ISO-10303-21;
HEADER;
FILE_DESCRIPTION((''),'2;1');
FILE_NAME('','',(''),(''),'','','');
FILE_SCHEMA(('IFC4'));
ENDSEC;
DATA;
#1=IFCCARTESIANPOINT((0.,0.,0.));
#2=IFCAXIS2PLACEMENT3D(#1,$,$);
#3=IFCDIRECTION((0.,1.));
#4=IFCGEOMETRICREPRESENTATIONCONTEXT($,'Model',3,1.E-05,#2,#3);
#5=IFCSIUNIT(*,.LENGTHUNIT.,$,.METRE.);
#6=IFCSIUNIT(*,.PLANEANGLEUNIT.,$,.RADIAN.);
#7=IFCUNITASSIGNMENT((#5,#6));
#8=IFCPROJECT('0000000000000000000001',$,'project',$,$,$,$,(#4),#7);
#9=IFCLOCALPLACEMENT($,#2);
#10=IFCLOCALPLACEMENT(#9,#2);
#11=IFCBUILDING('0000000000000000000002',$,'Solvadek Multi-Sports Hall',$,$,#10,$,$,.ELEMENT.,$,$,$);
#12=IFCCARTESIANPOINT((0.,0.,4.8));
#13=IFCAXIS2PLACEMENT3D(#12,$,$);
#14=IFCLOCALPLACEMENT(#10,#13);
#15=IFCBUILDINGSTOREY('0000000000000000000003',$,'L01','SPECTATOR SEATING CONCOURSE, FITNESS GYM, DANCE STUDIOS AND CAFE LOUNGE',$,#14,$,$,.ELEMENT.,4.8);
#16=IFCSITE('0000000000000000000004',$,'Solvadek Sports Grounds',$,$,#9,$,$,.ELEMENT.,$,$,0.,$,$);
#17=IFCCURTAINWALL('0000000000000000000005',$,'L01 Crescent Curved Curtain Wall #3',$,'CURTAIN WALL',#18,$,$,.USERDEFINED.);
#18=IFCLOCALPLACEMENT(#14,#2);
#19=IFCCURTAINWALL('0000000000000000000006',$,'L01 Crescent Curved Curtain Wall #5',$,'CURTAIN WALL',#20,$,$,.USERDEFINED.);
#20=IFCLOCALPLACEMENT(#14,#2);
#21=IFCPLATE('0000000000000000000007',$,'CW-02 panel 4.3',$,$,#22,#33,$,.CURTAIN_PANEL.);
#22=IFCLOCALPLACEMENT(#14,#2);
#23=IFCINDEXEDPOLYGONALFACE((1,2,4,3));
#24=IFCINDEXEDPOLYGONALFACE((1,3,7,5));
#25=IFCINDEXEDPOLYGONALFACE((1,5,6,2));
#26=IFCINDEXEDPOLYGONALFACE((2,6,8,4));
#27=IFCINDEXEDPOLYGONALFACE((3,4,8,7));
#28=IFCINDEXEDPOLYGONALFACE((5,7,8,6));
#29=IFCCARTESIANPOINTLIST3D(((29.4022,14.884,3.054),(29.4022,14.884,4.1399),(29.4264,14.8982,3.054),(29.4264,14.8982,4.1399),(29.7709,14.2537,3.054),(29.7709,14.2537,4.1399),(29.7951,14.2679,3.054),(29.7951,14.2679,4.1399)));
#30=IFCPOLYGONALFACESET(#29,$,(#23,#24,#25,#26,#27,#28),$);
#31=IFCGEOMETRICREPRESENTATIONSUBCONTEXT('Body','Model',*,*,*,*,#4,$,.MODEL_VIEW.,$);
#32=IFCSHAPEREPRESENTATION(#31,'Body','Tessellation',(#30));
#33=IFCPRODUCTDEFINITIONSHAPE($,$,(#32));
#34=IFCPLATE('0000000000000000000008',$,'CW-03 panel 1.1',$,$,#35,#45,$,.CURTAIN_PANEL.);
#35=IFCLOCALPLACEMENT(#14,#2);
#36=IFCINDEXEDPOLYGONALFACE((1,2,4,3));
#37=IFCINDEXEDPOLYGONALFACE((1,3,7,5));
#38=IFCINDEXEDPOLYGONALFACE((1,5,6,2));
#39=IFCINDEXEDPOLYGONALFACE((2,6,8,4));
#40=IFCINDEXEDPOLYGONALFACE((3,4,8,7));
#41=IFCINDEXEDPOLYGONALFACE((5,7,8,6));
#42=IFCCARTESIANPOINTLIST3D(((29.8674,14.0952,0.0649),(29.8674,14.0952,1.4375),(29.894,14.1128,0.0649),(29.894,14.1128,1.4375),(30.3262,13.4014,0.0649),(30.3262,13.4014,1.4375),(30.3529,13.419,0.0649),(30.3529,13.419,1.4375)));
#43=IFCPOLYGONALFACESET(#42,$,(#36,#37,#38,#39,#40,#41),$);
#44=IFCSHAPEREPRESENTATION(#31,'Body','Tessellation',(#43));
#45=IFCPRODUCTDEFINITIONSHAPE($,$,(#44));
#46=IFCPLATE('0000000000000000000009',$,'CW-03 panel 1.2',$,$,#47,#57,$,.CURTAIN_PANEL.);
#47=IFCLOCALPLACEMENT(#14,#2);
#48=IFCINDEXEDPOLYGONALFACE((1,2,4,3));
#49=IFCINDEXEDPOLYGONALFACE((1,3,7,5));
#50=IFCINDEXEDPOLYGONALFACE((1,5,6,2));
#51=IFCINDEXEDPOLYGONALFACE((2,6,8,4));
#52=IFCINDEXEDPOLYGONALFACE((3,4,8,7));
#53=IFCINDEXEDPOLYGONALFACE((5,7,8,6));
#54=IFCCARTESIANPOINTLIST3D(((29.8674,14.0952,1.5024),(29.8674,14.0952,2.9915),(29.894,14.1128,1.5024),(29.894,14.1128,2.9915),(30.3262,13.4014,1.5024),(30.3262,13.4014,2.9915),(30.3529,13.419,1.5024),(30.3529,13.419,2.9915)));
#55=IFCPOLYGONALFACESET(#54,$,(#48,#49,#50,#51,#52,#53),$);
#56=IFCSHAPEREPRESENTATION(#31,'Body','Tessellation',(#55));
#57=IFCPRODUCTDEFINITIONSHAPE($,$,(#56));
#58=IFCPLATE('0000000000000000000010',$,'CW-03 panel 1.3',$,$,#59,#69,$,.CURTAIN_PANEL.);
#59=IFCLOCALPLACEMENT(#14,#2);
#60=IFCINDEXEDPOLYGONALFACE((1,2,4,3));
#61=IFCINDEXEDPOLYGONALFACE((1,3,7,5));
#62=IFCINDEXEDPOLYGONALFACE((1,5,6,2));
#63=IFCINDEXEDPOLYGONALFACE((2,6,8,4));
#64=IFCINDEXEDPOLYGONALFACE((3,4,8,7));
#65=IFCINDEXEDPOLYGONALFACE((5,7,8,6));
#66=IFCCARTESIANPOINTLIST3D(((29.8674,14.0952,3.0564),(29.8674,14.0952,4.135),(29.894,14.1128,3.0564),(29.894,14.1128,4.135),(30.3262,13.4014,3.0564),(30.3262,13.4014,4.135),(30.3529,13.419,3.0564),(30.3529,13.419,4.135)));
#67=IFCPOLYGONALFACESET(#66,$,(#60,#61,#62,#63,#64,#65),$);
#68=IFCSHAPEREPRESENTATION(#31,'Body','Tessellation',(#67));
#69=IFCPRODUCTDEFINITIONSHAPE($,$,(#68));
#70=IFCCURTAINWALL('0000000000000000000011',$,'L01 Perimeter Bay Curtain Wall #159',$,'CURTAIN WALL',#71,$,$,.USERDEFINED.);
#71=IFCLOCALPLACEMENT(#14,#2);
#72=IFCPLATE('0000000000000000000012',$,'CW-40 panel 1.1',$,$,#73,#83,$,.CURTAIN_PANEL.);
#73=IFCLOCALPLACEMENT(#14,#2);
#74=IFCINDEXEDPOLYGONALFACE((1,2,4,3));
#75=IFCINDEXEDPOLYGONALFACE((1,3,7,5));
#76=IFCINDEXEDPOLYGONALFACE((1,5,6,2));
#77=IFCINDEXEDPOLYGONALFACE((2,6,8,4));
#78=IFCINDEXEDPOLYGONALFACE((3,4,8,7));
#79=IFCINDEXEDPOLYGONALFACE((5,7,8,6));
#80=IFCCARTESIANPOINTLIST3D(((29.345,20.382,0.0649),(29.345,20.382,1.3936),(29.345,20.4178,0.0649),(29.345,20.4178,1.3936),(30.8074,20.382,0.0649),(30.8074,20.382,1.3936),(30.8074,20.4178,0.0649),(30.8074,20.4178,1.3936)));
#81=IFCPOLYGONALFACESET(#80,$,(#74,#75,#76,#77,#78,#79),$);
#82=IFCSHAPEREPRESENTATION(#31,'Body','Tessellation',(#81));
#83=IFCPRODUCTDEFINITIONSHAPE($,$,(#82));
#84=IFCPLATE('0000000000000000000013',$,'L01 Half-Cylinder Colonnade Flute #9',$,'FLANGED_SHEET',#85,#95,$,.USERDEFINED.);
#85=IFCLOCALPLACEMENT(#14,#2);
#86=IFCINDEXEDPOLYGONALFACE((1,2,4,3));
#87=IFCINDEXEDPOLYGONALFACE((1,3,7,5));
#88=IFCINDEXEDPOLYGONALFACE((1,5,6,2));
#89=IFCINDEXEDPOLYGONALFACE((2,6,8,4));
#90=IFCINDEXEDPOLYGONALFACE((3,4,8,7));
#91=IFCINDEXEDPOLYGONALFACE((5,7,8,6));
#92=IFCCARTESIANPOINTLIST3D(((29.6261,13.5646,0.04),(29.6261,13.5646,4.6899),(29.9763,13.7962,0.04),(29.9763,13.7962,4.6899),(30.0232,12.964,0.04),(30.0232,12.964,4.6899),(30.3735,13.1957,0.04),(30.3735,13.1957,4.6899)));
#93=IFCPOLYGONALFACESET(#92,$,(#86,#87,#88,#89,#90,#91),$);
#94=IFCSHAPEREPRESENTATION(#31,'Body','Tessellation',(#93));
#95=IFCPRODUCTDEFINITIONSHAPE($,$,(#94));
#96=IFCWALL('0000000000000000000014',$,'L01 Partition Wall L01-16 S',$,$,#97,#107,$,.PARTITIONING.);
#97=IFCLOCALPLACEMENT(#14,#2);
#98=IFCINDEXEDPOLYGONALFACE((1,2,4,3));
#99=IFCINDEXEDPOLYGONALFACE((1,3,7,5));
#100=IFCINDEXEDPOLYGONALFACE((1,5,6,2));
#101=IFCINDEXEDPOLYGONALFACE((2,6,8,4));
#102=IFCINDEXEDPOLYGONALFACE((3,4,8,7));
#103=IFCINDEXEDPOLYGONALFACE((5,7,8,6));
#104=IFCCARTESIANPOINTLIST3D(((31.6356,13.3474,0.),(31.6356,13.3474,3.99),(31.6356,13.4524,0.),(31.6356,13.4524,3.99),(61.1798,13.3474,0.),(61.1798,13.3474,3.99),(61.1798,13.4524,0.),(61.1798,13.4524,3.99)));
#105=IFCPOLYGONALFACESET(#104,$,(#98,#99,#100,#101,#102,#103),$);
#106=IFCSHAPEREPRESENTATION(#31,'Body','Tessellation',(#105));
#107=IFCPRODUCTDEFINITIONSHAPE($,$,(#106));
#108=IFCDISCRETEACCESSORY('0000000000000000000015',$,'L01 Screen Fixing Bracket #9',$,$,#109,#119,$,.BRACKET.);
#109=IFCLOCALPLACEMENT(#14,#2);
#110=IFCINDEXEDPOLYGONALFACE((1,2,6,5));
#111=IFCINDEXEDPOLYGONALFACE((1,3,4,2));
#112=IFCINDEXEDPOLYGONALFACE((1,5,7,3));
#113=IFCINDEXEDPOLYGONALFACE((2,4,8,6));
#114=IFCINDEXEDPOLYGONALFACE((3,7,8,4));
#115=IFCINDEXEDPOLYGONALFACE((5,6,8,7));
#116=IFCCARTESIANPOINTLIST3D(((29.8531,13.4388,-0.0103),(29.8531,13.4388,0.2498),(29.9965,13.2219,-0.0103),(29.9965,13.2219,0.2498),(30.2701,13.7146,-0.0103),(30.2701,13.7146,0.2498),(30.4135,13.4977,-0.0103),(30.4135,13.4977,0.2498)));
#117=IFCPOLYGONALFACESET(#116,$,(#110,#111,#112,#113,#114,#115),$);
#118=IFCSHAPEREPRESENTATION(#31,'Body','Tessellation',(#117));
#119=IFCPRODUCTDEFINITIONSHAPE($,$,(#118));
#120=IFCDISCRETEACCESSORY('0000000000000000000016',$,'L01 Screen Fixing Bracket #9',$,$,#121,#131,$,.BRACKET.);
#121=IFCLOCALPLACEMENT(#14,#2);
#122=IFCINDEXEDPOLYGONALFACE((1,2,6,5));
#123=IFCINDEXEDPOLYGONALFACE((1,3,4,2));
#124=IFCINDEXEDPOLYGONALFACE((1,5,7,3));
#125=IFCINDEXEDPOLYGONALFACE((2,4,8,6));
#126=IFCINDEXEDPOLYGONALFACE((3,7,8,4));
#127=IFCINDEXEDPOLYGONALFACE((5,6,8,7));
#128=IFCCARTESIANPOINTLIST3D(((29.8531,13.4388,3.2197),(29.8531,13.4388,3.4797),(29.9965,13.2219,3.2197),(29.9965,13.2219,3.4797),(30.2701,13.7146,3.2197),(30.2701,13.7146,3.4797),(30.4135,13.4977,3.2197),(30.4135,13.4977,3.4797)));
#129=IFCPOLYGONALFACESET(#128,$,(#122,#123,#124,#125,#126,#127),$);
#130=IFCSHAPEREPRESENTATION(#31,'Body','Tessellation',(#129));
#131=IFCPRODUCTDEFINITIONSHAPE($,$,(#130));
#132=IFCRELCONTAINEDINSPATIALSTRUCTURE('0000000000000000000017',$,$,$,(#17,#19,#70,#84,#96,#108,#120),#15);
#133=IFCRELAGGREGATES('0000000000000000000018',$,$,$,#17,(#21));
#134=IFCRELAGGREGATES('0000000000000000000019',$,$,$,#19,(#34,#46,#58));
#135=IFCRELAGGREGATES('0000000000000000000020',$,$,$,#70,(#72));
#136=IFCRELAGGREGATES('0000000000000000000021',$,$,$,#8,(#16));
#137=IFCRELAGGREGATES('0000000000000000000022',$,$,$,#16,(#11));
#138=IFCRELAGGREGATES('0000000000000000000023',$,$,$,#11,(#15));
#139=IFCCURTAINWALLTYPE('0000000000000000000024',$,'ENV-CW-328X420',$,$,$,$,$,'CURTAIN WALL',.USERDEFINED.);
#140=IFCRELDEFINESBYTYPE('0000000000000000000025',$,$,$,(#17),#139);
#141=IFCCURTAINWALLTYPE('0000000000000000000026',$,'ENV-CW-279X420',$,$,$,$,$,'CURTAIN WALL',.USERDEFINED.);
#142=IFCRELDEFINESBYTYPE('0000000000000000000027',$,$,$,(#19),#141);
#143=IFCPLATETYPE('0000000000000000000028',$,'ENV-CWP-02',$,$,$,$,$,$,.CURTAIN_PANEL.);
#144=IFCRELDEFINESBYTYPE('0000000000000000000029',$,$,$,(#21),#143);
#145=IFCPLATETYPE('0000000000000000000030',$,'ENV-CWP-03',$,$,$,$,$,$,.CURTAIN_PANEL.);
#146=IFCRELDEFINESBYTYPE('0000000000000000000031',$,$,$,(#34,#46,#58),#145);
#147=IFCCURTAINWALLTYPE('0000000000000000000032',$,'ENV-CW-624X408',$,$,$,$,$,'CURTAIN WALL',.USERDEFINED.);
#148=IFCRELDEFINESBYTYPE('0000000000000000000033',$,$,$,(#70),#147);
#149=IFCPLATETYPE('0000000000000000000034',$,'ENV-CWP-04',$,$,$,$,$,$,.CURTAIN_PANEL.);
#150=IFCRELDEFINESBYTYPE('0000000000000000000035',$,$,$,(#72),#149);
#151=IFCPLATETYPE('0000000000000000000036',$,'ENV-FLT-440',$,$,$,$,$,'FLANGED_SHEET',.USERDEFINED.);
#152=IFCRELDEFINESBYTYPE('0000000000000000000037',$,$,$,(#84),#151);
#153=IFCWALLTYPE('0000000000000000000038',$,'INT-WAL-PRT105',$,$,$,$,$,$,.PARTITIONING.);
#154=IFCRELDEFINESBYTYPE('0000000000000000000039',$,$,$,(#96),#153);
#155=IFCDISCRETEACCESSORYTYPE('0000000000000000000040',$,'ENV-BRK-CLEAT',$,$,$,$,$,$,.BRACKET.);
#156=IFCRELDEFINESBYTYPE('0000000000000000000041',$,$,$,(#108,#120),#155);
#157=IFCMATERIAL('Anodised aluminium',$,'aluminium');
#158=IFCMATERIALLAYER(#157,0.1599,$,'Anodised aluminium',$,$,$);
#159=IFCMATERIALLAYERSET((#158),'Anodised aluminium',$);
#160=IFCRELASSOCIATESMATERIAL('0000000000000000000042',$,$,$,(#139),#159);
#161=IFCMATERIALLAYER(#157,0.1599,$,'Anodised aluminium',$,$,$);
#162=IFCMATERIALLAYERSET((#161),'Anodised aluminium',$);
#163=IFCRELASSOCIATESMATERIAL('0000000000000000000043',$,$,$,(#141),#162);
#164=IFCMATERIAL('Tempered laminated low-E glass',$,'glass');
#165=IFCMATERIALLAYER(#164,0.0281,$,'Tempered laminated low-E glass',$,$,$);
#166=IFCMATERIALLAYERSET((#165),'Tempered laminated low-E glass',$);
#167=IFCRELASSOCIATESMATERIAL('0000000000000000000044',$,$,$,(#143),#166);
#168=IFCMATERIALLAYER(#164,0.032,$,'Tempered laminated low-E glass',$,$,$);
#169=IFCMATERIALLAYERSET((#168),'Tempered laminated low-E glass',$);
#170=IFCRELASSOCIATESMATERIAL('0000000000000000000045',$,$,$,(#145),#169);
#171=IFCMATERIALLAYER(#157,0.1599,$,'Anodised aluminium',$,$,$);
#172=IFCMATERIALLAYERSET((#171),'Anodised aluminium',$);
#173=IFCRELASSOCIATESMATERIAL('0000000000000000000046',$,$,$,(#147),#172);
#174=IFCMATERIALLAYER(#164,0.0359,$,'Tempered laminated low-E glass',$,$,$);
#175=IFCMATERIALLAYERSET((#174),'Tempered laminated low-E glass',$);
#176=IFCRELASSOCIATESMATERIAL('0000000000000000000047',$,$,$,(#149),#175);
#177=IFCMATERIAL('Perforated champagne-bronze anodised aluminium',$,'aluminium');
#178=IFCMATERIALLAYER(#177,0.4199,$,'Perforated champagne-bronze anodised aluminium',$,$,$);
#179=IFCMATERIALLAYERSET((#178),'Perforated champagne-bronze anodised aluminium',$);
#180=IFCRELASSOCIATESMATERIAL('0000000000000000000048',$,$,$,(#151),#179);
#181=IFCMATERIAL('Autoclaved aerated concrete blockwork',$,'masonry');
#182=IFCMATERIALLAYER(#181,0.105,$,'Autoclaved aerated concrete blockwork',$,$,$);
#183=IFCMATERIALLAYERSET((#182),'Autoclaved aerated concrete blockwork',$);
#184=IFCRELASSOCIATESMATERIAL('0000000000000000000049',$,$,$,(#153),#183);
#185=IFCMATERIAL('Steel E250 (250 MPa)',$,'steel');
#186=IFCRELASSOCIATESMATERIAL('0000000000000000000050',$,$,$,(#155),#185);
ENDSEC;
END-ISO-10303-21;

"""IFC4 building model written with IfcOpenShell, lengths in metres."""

from ifc_helpers import new_model, si_unit, direction, frame, frame_2d, origin, origin_2d, place, context, subcontext, project, spatial, rectangle, extrude, material, layer, layer_set, type_object, element, aggregate, save


model = new_model("IFC4")

# Units and contexts
model_context = context("Model", 3, precision=1e-05, world=origin(), true_north=direction((0.0, 1.0)))
body_context = subcontext(model_context, "Body", "Model", "MODEL_VIEW")
ifc_project = project(units=[si_unit("LENGTHUNIT", "METRE"), si_unit("PLANEANGLEUNIT", "RADIAN")], contexts=[model_context])

# Site, building, storey
site_placement = place(None, origin())
site = spatial("IfcSite", under=ifc_project, at=site_placement, Name="Solvadek Sports Grounds", CompositionType="ELEMENT", RefElevation=0.0)
building_placement = place(site_placement, origin())
building = spatial("IfcBuilding", under=site, at=building_placement, Name="Solvadek Multi-Sports Hall", CompositionType="ELEMENT")
storey_placement = place(building_placement, frame((0.0, 0.0, 4.8)))
storey = spatial("IfcBuildingStorey", under=building, at=storey_placement, Name="L01", Description="SPECTATOR SEATING CONCOURSE, FITNESS GYM, DANCE STUDIOS AND CAFE LOUNGE", CompositionType="ELEMENT", Elevation=4.8)

# Curtain wall
ifc_material_1 = material(Name="Anodised aluminium", Category="aluminium")
ifc_layer_1 = layer(ifc_material_1, 0.1599, Name="Anodised aluminium")
ifc_layer_set_1 = layer_set([ifc_layer_1], Name="Anodised aluminium")
curtain_wall_type_1 = type_object("IfcCurtainWallType", Name="ENV-CW-328X420", ElementType="CURTAIN WALL", PredefinedType="USERDEFINED", material=ifc_layer_set_1)
curtain_wall_1_placement = place(storey_placement, origin())
curtain_wall_1 = element("IfcCurtainWall", 1, at=curtain_wall_1_placement, inside=storey, type_object=curtain_wall_type_1, Name="L01 Crescent Curved Curtain Wall #3", ObjectType="CURTAIN WALL", PredefinedType="USERDEFINED")

# Curtain wall
ifc_layer_2 = layer(ifc_material_1, 0.1599, Name="Anodised aluminium")
ifc_layer_set_2 = layer_set([ifc_layer_2], Name="Anodised aluminium")
curtain_wall_type_2 = type_object("IfcCurtainWallType", Name="ENV-CW-279X420", ElementType="CURTAIN WALL", PredefinedType="USERDEFINED", material=ifc_layer_set_2)
curtain_wall_2_placement = place(storey_placement, origin())
curtain_wall_2 = element("IfcCurtainWall", 2, at=curtain_wall_2_placement, inside=storey, type_object=curtain_wall_type_2, Name="L01 Crescent Curved Curtain Wall #5", ObjectType="CURTAIN WALL", PredefinedType="USERDEFINED")

# Plates
ifc_material_2 = material(Name="Tempered laminated low-E glass", Category="glass")
ifc_layer_3 = layer(ifc_material_2, 0.0281, Name="Tempered laminated low-E glass")
ifc_layer_set_3 = layer_set([ifc_layer_3], Name="Tempered laminated low-E glass")
plate_type_1 = type_object("IfcPlateType", Name="ENV-CWP-02", PredefinedType="CURTAIN_PANEL", material=ifc_layer_set_3)
plate_1_placement = place(storey_placement, frame((29.5986, 14.5759, 3.054), z_axis=(0.0, 0.0, 1.0), x_axis=(0.504957, -0.863145, 0.0)))
plate_1 = element("IfcPlate", 3, at=plate_1_placement, type_object=plate_type_1, Name="CW-02 panel 4.3", PredefinedType="CURTAIN_PANEL", context=body_context, shape_type="SweptSolid", body=[
    extrude(rectangle(XDim=0.7302, YDim=0.0281, at=origin_2d()), origin(), (0.0, 0.0, 1.0), 1.0859),
])
aggregate(curtain_wall_1, [plate_1])
ifc_layer_4 = layer(ifc_material_2, 0.032, Name="Tempered laminated low-E glass")
ifc_layer_set_4 = layer_set([ifc_layer_4], Name="Tempered laminated low-E glass")
plate_type_2 = type_object("IfcPlateType", Name="ENV-CWP-03", PredefinedType="CURTAIN_PANEL", material=ifc_layer_set_4)
plate_2_placement = place(storey_placement, frame((30.1101, 13.7571, 0.0649), z_axis=(0.0, 0.0, 1.0), x_axis=(0.551617, -0.834097, 0.0)))
plate_2 = element("IfcPlate", 4, at=plate_2_placement, type_object=plate_type_2, Name="CW-03 panel 1.1", PredefinedType="CURTAIN_PANEL", context=body_context, shape_type="SweptSolid", body=[
    extrude(rectangle(XDim=0.8318, YDim=0.032, at=origin_2d()), origin(), (0.0, 0.0, 1.0), 1.3726),
])
plate_3_placement = place(storey_placement, frame((30.1101, 13.7571, 1.5024), z_axis=(0.0, 0.0, 1.0), x_axis=(0.551617, -0.834097, 0.0)))
plate_3 = element("IfcPlate", 5, at=plate_3_placement, type_object=plate_type_2, Name="CW-03 panel 1.2", PredefinedType="CURTAIN_PANEL", context=body_context, shape_type="SweptSolid", body=[
    extrude(rectangle(XDim=0.8318, YDim=0.032, at=origin_2d()), origin(), (0.0, 0.0, 1.0), 1.489),
])
plate_4_placement = place(storey_placement, frame((30.1101, 13.7571, 3.0564), z_axis=(0.0, 0.0, 1.0), x_axis=(0.551617, -0.834097, 0.0)))
plate_4 = element("IfcPlate", 6, at=plate_4_placement, type_object=plate_type_2, Name="CW-03 panel 1.3", PredefinedType="CURTAIN_PANEL", context=body_context, shape_type="SweptSolid", body=[
    extrude(rectangle(XDim=0.8318, YDim=0.032, at=origin_2d()), origin(), (0.0, 0.0, 1.0), 1.0786),
])
aggregate(curtain_wall_2, [plate_2, plate_3, plate_4])

# Curtain wall, plate
ifc_layer_5 = layer(ifc_material_1, 0.1599, Name="Anodised aluminium")
ifc_layer_set_5 = layer_set([ifc_layer_5], Name="Anodised aluminium")
curtain_wall_type_3 = type_object("IfcCurtainWallType", Name="ENV-CW-624X408", ElementType="CURTAIN WALL", PredefinedType="USERDEFINED", material=ifc_layer_set_5)
curtain_wall_3_placement = place(storey_placement, origin())
curtain_wall_3 = element("IfcCurtainWall", 7, at=curtain_wall_3_placement, inside=storey, type_object=curtain_wall_type_3, Name="L01 Perimeter Bay Curtain Wall #159", ObjectType="CURTAIN WALL", PredefinedType="USERDEFINED")
ifc_layer_6 = layer(ifc_material_2, 0.0359, Name="Tempered laminated low-E glass")
ifc_layer_set_6 = layer_set([ifc_layer_6], Name="Tempered laminated low-E glass")
plate_type_3 = type_object("IfcPlateType", Name="ENV-CWP-04", PredefinedType="CURTAIN_PANEL", material=ifc_layer_set_6)
plate_5_placement = place(storey_placement, frame((30.0762, 20.3999, 0.0649), z_axis=(0.0, 0.0, 1.0), x_axis=(1.0, 0.0, 0.0)))
plate_5 = element("IfcPlate", 8, at=plate_5_placement, type_object=plate_type_3, Name="CW-40 panel 1.1", PredefinedType="CURTAIN_PANEL", context=body_context, shape_type="SweptSolid", body=[
    extrude(rectangle(XDim=1.4624, YDim=0.0359, at=origin_2d()), origin(), (0.0, 0.0, 1.0), 1.3286),
])
aggregate(curtain_wall_3, [plate_5])

# Plate
ifc_material_3 = material(Name="Perforated champagne-bronze anodised aluminium", Category="aluminium")
ifc_layer_7 = layer(ifc_material_3, 0.4199, Name="Perforated champagne-bronze anodised aluminium")
ifc_layer_set_7 = layer_set([ifc_layer_7], Name="Perforated champagne-bronze anodised aluminium")
plate_type_4 = type_object("IfcPlateType", Name="ENV-FLT-440", ElementType="FLANGED_SHEET", PredefinedType="USERDEFINED", material=ifc_layer_set_7)
plate_6_placement = place(storey_placement, frame((29.9998, 13.3801, 0.04), z_axis=(0.0, 0.0, 1.0), x_axis=(0.55161, -0.834102, 0.0)))
element("IfcPlate", 9, at=plate_6_placement, inside=storey, type_object=plate_type_4, Name="L01 Half-Cylinder Colonnade Flute #9", ObjectType="FLANGED_SHEET", PredefinedType="USERDEFINED", context=body_context, shape_type="SweptSolid", body=[
    extrude(rectangle(XDim=0.72, YDim=0.4199, at=origin_2d()), origin(), (0.0, 0.0, 1.0), 4.6499),
])

# Wall
ifc_material_4 = material(Name="Autoclaved aerated concrete blockwork", Category="masonry")
ifc_layer_8 = layer(ifc_material_4, 0.105, Name="Autoclaved aerated concrete blockwork")
ifc_layer_set_8 = layer_set([ifc_layer_8], Name="Autoclaved aerated concrete blockwork")
wall_type = type_object("IfcWallType", Name="INT-WAL-PRT105", PredefinedType="PARTITIONING", material=ifc_layer_set_8)
wall_placement = place(storey_placement, frame((31.6357, 13.3999, 0.0), z_axis=(0.0, 0.0, 1.0), x_axis=(1.0, 0.0, 0.0)))
element("IfcWall", 10, at=wall_placement, inside=storey, type_object=wall_type, Name="L01 Partition Wall L01-16 S", PredefinedType="PARTITIONING", context=body_context, shape_type="SweptSolid", body=[
    extrude(rectangle(XDim=29.5442, YDim=0.105, at=frame_2d((14.772, 0.0))), origin(), (0.0, 0.0, 1.0), 3.99),
])

# Discrete accessories
ifc_material_5 = material(Name="Steel E250 (250 MPa)", Category="steel")
discrete_accessory_type = type_object("IfcDiscreteAccessoryType", Name="ENV-BRK-CLEAT", PredefinedType="BRACKET", material=ifc_material_5)
for number, where, z_axis, x_axis, name in (
    (11, (30.1333, 13.4683, -0.0103), (0.0, 0.0, 1.0), (0.55161, -0.834102, 0.0), "L01 Screen Fixing Bracket #9"),
    (12, (30.1333, 13.4683, 3.2197), (0.0, 0.0, 1.0), (0.55161, -0.834102, 0.0), "L01 Screen Fixing Bracket #9"),
):
    element("IfcDiscreteAccessory", number, at=place(storey_placement, frame(where, z_axis=z_axis, x_axis=x_axis)), inside=storey, type_object=discrete_accessory_type, Name=name, PredefinedType="BRACKET", context=body_context, shape_type="SweptSolid", body=[
        extrude(rectangle(XDim=0.26, YDim=0.5, at=origin_2d()), origin(), (0.0, 0.0, 1.0), 0.26),
    ])

save(model, "model.ifc")
